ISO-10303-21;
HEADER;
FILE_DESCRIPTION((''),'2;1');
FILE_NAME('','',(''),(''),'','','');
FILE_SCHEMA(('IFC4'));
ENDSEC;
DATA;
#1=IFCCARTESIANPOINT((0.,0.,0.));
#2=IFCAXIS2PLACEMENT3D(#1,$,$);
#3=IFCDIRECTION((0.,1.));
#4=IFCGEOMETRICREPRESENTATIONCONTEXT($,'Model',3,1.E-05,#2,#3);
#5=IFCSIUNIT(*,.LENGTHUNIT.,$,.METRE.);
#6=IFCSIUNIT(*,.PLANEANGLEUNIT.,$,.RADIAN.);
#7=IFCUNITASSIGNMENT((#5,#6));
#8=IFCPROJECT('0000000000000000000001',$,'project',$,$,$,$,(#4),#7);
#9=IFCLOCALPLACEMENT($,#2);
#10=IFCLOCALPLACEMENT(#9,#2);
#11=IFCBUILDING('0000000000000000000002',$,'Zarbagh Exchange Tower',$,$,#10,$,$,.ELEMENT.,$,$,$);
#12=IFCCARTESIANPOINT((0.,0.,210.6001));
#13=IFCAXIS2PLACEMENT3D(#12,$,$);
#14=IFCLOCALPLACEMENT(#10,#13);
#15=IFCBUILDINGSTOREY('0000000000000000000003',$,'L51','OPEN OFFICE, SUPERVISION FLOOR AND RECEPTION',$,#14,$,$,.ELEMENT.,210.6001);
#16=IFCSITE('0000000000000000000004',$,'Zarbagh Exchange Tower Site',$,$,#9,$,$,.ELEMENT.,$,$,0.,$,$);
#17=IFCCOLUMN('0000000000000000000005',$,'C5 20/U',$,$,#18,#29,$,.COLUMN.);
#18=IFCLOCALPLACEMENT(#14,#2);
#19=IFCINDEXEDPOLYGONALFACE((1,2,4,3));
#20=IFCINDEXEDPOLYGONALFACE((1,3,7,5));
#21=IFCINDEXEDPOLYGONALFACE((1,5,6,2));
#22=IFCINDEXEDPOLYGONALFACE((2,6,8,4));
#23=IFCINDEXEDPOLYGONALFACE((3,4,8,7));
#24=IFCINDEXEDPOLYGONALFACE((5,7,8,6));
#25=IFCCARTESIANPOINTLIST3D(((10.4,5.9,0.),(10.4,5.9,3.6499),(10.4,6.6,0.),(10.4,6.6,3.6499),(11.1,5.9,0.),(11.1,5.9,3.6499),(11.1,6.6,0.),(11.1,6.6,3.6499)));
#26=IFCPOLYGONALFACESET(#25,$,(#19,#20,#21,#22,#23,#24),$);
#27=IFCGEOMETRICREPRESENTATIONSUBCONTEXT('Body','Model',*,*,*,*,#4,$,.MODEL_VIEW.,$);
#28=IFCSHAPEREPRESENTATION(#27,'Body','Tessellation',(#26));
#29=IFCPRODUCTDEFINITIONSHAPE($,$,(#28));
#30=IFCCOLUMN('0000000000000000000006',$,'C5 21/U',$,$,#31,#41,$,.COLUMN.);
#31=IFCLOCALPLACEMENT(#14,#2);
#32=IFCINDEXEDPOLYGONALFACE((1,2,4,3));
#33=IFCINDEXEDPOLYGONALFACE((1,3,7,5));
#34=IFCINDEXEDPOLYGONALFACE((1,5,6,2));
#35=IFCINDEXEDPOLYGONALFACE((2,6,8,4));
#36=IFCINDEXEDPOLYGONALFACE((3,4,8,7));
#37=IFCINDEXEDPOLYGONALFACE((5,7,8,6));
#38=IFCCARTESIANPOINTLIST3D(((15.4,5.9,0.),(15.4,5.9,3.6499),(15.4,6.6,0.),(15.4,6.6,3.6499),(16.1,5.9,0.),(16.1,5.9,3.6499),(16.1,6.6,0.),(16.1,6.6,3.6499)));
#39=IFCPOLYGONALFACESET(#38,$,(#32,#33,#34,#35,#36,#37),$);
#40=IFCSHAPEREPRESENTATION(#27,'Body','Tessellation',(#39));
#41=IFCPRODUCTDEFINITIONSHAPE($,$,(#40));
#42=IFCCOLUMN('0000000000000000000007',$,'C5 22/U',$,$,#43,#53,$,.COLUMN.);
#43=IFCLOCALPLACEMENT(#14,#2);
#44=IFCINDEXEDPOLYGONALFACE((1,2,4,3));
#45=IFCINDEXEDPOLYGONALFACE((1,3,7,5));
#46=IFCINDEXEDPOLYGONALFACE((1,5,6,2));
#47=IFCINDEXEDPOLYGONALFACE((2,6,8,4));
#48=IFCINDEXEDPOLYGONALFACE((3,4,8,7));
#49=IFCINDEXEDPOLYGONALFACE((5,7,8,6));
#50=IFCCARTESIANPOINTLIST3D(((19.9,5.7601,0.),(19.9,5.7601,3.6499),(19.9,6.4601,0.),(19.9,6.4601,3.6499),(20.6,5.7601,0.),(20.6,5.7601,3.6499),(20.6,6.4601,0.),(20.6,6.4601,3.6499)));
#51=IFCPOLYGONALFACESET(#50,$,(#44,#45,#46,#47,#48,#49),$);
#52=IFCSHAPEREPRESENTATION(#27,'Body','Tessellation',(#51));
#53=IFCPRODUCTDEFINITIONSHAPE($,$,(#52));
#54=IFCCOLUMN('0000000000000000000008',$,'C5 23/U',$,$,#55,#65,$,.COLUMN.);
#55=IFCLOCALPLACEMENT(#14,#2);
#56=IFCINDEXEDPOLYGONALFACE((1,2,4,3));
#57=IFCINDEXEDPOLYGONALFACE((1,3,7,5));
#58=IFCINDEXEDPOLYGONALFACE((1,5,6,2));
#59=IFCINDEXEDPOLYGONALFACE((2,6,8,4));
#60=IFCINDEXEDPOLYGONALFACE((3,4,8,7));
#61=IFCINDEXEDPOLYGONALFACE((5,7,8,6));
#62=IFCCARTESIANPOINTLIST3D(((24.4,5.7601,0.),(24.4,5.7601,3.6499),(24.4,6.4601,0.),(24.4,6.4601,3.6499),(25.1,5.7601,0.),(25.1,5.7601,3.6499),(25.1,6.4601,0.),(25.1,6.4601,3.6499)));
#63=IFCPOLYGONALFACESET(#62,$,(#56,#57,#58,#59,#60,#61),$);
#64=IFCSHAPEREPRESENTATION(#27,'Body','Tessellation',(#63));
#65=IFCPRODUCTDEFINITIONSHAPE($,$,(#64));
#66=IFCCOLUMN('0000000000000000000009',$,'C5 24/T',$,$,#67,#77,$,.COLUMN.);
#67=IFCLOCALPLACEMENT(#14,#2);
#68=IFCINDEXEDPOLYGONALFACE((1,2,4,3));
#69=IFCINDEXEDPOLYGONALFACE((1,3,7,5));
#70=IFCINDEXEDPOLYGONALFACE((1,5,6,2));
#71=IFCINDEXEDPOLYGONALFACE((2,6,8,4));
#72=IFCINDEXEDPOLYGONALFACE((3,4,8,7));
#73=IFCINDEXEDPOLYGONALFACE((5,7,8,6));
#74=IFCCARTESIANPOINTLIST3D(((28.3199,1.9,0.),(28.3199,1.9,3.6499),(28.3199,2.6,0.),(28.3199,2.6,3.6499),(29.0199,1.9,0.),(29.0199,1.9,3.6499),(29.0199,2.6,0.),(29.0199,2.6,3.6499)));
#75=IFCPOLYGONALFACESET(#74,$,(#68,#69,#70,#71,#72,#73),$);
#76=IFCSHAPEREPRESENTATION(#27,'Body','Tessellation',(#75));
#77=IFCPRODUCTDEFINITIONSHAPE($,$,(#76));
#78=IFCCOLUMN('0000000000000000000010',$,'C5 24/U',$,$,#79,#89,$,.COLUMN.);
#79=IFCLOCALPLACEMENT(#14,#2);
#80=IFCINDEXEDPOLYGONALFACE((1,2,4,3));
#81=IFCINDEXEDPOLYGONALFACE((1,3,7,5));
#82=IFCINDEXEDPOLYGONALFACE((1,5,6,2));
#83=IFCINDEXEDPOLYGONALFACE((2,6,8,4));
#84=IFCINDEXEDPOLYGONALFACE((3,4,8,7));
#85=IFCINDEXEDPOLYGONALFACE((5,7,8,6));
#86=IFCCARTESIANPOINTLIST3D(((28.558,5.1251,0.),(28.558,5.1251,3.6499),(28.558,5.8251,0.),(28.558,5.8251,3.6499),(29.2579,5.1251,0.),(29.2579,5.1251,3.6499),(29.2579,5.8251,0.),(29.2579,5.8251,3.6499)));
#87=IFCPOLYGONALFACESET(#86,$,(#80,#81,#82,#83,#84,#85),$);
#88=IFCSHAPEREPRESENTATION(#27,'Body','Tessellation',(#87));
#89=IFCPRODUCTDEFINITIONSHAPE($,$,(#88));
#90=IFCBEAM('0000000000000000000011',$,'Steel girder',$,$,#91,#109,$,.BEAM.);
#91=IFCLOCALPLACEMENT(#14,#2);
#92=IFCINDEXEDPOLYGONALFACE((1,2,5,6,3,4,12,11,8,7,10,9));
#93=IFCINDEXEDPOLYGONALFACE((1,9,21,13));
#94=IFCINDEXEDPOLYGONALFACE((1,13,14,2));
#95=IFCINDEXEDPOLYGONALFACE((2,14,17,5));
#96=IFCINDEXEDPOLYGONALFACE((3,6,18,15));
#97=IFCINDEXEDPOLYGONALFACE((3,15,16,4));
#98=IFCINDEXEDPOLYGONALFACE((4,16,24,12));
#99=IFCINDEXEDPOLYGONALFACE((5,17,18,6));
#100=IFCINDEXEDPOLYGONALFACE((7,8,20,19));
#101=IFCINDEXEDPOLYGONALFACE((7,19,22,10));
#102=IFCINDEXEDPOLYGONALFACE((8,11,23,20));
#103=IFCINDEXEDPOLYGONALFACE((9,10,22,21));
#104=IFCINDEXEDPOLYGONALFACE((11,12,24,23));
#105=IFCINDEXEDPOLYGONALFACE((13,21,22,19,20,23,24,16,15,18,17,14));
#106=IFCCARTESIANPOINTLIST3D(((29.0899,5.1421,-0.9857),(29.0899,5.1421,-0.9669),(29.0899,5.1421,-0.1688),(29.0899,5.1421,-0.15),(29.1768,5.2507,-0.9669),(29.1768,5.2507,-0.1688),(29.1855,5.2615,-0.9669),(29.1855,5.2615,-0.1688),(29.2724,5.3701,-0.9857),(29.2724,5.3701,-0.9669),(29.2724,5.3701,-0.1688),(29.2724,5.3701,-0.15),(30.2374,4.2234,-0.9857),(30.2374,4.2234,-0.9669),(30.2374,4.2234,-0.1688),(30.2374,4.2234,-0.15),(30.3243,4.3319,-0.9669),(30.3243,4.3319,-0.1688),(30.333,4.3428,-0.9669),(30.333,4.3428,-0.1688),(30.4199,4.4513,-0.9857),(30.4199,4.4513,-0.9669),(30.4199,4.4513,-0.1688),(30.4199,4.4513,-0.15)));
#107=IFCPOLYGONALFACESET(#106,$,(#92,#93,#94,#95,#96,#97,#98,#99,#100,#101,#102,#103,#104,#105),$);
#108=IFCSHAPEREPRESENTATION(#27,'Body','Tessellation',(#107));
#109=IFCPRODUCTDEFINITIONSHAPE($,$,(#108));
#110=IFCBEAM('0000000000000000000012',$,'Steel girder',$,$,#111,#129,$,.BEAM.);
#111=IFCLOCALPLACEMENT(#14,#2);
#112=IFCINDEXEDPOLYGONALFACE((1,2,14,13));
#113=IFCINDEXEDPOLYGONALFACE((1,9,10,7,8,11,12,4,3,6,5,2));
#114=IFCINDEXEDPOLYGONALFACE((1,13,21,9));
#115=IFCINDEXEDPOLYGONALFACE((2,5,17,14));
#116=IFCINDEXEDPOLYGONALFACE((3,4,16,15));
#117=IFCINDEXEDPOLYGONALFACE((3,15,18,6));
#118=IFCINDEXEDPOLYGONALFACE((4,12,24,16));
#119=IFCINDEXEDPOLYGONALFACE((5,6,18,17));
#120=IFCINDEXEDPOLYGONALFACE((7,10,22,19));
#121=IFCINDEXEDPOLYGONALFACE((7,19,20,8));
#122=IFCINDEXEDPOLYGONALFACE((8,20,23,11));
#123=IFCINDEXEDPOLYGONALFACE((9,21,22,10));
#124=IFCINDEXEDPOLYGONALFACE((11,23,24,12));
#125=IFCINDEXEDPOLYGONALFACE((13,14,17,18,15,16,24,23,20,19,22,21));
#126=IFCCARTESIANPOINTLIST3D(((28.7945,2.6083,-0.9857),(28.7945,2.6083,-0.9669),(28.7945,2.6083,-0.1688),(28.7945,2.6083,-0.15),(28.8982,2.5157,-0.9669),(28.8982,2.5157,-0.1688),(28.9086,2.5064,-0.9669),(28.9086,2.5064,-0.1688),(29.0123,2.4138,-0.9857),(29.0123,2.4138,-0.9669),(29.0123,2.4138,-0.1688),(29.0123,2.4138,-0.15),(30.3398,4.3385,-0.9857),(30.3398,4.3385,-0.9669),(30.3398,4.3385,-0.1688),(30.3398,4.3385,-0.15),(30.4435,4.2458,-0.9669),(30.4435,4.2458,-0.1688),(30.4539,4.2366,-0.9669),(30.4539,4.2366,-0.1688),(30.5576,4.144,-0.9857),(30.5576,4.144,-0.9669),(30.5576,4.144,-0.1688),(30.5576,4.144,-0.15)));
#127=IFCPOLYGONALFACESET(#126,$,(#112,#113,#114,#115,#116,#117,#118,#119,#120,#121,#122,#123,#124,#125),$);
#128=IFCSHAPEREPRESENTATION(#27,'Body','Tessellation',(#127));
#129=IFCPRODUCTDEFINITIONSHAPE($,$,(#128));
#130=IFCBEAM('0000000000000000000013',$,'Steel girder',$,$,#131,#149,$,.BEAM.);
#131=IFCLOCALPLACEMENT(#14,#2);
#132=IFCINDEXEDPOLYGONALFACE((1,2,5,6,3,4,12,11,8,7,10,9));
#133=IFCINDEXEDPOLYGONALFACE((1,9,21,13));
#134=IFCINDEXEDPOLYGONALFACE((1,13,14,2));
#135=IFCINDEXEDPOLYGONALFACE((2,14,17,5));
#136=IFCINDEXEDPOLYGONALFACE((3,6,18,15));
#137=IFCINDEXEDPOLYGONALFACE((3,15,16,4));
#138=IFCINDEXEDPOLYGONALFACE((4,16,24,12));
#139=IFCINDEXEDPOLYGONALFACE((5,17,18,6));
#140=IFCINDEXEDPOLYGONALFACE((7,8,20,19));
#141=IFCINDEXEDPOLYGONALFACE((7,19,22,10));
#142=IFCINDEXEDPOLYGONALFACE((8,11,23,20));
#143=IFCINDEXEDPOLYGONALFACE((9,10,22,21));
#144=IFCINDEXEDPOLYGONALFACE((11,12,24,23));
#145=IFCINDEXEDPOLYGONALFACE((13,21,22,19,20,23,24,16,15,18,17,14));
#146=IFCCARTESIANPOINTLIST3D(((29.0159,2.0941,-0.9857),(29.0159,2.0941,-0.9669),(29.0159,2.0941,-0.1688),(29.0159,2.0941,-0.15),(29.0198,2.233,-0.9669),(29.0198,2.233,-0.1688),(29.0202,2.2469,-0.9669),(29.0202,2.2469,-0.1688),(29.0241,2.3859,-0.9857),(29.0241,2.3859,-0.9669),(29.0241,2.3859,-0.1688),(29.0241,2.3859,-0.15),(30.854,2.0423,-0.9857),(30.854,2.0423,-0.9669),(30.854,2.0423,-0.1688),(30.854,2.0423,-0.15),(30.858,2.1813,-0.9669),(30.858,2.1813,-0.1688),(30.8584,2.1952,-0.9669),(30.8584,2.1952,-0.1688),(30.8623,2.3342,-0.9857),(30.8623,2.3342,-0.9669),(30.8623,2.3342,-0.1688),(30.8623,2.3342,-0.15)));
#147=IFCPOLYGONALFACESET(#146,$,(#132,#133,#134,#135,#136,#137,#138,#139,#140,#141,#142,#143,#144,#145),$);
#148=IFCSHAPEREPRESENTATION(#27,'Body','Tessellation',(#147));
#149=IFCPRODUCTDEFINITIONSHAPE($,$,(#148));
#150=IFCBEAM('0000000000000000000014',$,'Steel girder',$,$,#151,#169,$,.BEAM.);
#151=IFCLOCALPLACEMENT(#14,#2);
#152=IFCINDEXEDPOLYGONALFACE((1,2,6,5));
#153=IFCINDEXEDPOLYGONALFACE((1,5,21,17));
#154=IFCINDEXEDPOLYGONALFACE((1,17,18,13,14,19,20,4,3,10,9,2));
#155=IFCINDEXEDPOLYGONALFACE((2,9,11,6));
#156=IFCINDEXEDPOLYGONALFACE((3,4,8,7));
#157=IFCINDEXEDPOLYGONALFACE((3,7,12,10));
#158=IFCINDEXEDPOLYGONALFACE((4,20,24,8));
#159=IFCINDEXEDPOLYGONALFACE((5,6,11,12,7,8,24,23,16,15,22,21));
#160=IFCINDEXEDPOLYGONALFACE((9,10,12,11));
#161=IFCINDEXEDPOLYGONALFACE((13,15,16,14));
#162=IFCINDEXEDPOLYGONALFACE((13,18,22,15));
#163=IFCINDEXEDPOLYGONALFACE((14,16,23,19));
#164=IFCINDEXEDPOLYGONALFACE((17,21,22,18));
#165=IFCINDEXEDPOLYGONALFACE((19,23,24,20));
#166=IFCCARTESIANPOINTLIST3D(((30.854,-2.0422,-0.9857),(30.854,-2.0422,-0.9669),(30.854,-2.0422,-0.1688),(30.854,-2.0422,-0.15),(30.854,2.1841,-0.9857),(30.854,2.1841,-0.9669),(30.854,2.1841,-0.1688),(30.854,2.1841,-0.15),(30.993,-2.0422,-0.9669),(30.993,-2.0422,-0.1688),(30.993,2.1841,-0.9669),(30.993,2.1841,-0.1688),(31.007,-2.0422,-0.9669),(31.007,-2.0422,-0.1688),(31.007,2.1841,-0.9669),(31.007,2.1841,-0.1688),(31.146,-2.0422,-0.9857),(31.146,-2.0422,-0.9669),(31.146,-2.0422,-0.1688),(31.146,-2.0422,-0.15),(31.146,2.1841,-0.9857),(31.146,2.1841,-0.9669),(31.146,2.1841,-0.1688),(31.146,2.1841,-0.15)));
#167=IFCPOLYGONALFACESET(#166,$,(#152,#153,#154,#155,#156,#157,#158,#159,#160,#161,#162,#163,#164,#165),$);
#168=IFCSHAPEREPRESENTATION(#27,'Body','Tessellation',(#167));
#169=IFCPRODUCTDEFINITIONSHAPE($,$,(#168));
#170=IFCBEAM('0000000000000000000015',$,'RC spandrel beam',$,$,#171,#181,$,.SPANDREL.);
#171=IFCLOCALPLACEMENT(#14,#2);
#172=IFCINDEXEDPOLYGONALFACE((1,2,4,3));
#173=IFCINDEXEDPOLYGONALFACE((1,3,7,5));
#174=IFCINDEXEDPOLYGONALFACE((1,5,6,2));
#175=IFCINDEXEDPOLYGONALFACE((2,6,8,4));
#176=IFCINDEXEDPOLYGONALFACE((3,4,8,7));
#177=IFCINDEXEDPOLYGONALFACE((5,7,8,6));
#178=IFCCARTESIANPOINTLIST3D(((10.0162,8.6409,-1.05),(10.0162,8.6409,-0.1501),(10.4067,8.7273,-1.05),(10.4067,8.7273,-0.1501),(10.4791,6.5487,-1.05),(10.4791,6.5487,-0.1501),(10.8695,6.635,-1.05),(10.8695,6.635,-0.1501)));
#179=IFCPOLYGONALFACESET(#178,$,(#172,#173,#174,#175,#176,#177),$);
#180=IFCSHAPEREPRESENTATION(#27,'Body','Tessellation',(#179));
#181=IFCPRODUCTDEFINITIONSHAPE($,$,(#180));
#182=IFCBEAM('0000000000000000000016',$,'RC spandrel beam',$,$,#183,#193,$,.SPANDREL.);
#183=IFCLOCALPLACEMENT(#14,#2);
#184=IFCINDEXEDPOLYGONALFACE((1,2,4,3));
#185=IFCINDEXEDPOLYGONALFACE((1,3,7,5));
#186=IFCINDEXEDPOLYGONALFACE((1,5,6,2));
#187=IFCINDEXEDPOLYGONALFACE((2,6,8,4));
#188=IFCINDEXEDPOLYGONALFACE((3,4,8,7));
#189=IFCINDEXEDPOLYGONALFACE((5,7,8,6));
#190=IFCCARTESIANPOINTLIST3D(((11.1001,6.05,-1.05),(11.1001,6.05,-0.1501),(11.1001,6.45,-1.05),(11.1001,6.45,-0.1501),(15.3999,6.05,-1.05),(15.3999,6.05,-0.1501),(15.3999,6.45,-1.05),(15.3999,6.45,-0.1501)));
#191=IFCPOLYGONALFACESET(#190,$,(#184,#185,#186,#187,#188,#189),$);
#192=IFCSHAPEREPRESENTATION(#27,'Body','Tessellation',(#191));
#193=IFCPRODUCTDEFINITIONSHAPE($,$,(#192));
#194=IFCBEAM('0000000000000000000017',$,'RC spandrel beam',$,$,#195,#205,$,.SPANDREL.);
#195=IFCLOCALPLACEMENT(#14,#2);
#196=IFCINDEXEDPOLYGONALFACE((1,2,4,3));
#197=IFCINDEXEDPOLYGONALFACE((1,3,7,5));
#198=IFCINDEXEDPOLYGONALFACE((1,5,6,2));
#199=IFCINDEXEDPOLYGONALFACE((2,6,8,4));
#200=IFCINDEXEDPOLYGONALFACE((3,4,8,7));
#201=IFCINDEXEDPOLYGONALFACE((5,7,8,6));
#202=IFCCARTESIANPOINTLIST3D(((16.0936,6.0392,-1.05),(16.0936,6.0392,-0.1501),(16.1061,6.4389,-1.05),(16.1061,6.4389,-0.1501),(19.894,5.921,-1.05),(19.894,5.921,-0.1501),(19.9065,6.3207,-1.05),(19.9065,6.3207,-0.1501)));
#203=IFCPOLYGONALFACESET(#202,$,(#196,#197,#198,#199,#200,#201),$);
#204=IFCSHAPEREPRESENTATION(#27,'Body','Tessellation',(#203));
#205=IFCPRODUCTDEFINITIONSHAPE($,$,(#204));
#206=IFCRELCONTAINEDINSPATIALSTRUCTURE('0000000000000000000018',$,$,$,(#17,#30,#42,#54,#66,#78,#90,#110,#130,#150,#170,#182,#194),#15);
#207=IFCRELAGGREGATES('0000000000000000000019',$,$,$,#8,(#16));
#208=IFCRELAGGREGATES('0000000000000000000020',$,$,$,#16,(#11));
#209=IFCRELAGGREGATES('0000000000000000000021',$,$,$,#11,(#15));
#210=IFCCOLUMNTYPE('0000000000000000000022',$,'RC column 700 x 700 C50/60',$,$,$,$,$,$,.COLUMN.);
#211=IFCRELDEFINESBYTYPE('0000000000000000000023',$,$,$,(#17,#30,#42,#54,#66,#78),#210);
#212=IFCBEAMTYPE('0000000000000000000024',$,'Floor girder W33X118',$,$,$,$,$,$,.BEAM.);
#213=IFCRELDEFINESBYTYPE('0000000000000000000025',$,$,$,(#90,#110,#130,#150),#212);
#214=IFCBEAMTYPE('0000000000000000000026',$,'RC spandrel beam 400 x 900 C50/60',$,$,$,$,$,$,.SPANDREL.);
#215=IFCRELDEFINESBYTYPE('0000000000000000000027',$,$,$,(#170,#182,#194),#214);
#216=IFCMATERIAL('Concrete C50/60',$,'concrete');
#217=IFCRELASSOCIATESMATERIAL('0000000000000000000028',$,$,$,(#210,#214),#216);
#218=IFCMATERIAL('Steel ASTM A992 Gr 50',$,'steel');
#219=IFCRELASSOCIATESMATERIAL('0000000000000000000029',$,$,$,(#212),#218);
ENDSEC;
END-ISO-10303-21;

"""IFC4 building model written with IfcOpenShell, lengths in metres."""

from ifc_helpers import new_model, si_unit, direction, frame, origin, origin_2d, place, context, subcontext, project, spatial, rectangle, i_section, extrude, material, material_profile, profile_set, type_object, element, save


model = new_model("IFC4")

# Units and contexts
model_context = context("Model", 3, precision=1e-05, world=origin(), true_north=direction((0.0, 1.0)))
body_context = subcontext(model_context, "Body", "Model", "MODEL_VIEW")
ifc_project = project(units=[si_unit("LENGTHUNIT", "METRE"), si_unit("PLANEANGLEUNIT", "RADIAN")], contexts=[model_context])

# Site, building, storey
site_placement = place(None, origin())
site = spatial("IfcSite", under=ifc_project, at=site_placement, Name="Zarbagh Exchange Tower Site", CompositionType="ELEMENT", RefElevation=0.0)
building_placement = place(site_placement, origin())
building = spatial("IfcBuilding", under=site, at=building_placement, Name="Zarbagh Exchange Tower", CompositionType="ELEMENT")
storey_placement = place(building_placement, frame((0.0, 0.0, 210.6001)))
storey = spatial("IfcBuildingStorey", under=building, at=storey_placement, Name="L51", Description="OPEN OFFICE, SUPERVISION FLOOR AND RECEPTION", CompositionType="ELEMENT", Elevation=210.6001)

# Columns
ifc_material_1 = material(Name="Concrete C50/60", Category="concrete")
ifc_material_profile_1 = material_profile(ifc_material_1, rectangle(XDim=0.7, YDim=0.7, at=origin_2d()), Name="RC column 700 x 700 C50/60")
ifc_profile_set_1 = profile_set([ifc_material_profile_1], Name="Concrete C50/60")
column_type = type_object("IfcColumnType", Name="RC column 700 x 700 C50/60", PredefinedType="COLUMN", material=ifc_profile_set_1)
for number, where, z_axis, x_axis, name in (
    (1, (10.75, 6.25, 0.0), (0.0, 0.0, 1.0), (1.0, 0.0, 0.0), "C5 20/U"),
    (2, (15.75, 6.25, 0.0), (0.0, 0.0, 1.0), (1.0, 0.0, 0.0), "C5 21/U"),
    (3, (20.25, 6.1101, 0.0), (0.0, 0.0, 1.0), (1.0, 0.0, 0.0), "C5 22/U"),
    (4, (24.75, 6.1101, 0.0), (0.0, 0.0, 1.0), (1.0, 0.0, 0.0), "C5 23/U"),
    (5, (28.6699, 2.25, 0.0), (0.0, 0.0, 1.0), (1.0, 0.0, 0.0), "C5 24/T"),
    (6, (28.908, 5.4751, 0.0), (0.0, 0.0, 1.0), (1.0, 0.0, 0.0), "C5 24/U"),
):
    element("IfcColumn", number, at=place(storey_placement, frame(where, z_axis=z_axis, x_axis=x_axis)), inside=storey, type_object=column_type, Name=name, PredefinedType="COLUMN", context=body_context, shape_type="SweptSolid", body=[
        extrude(rectangle(XDim=0.7, YDim=0.7, at=origin_2d()), origin(), (0.0, 0.0, 1.0), 3.6499),
    ])

# Beams
ifc_material_2 = material(Name="Steel ASTM A992 Gr 50", Category="steel")
ifc_material_profile_2 = material_profile(ifc_material_2, i_section(OverallWidth=0.292, OverallDepth=0.8357, WebThickness=0.0139, FlangeThickness=0.0188, at=origin_2d()), Name="W33X118")
ifc_profile_set_2 = profile_set([ifc_material_profile_2], Name="Steel ASTM A992 Gr 50")
beam_type_1 = type_object("IfcBeamType", Name="Floor girder W33X118", PredefinedType="BEAM", material=ifc_profile_set_2)
beam_1_placement = place(storey_placement, frame((29.1812, 5.2561, -0.5679), z_axis=(0.780626, -0.624999, 0.0), x_axis=(0.624999, 0.780626, 0.0)))
element("IfcBeam", 7, at=beam_1_placement, inside=storey, type_object=beam_type_1, Name="Steel girder", PredefinedType="BEAM", context=body_context, shape_type="SweptSolid", body=[
    extrude(i_section(OverallWidth=0.292, OverallDepth=0.8357, WebThickness=0.0139, FlangeThickness=0.0188, at=origin_2d()), origin(), (0.0, 0.0, 1.0), 1.47),
])
beam_2_placement = place(storey_placement, frame((30.4487, 4.2412, -0.5679), z_axis=(-0.666152, -0.745816, 0.0), x_axis=(0.745816, -0.666152, 0.0)))
element("IfcBeam", 8, at=beam_2_placement, inside=storey, type_object=beam_type_1, Name="Steel girder", PredefinedType="BEAM", context=body_context, shape_type="SweptSolid", body=[
    extrude(i_section(OverallWidth=0.292, OverallDepth=0.8357, WebThickness=0.0139, FlangeThickness=0.0188, at=origin_2d()), origin(), (0.0, 0.0, 1.0), 2.3198),
])
beam_3_placement = place(storey_placement, frame((29.02, 2.24, -0.5679), z_axis=(0.999604, -0.028147, 0.0), x_axis=(0.028147, 0.999604, 0.0)))
element("IfcBeam", 9, at=beam_3_placement, inside=storey, type_object=beam_type_1, Name="Steel girder", PredefinedType="BEAM", context=body_context, shape_type="SweptSolid", body=[
    extrude(i_section(OverallWidth=0.292, OverallDepth=0.8357, WebThickness=0.0139, FlangeThickness=0.0188, at=origin_2d()), origin(), (0.0, 0.0, 1.0), 1.8389),
])
beam_4_placement = place(storey_placement, frame((31.0, 2.1841, -0.5679), z_axis=(0.0, -1.0, 0.0), x_axis=(1.0, 0.0, 0.0)))
element("IfcBeam", 10, at=beam_4_placement, inside=storey, type_object=beam_type_1, Name="Steel girder", PredefinedType="BEAM", context=body_context, shape_type="SweptSolid", body=[
    extrude(i_section(OverallWidth=0.292, OverallDepth=0.8357, WebThickness=0.0139, FlangeThickness=0.0188, at=origin_2d()), origin(), (0.0, 0.0, 1.0), 4.2263),
])
ifc_material_profile_3 = material_profile(ifc_material_1, rectangle(XDim=0.3999, YDim=0.8999, at=origin_2d()), Name="RC spandrel beam 400 x 900 C50/60")
ifc_profile_set_3 = profile_set([ifc_material_profile_3], Name="Concrete C50/60")
beam_type_2 = type_object("IfcBeamType", Name="RC spandrel beam 400 x 900 C50/60", PredefinedType="SPANDREL", material=ifc_profile_set_3)
beam_5_placement = place(storey_placement, frame((10.2114, 8.6841, -0.6001), z_axis=(0.216014, -0.97639, 0.0), x_axis=(0.97639, 0.216014, 0.0)))
element("IfcBeam", 11, at=beam_5_placement, inside=storey, type_object=beam_type_2, Name="RC spandrel beam", PredefinedType="SPANDREL", context=body_context, shape_type="SweptSolid", body=[
    extrude(rectangle(XDim=0.3999, YDim=0.8999, at=origin_2d()), origin(), (0.0, 0.0, 1.0), 2.1428),
])
beam_6_placement = place(storey_placement, frame((11.1001, 6.25, -0.6001), z_axis=(1.0, 0.0, 0.0), x_axis=(0.0, 1.0, 0.0)))
element("IfcBeam", 12, at=beam_6_placement, inside=storey, type_object=beam_type_2, Name="RC spandrel beam", PredefinedType="SPANDREL", context=body_context, shape_type="SweptSolid", body=[
    extrude(rectangle(XDim=0.3999, YDim=0.8999, at=origin_2d()), origin(), (0.0, 0.0, 1.0), 4.2998),
])
beam_7_placement = place(storey_placement, frame((16.0999, 6.239, -0.6001), z_axis=(0.999517, -0.031078, 0.0), x_axis=(0.031078, 0.999517, 0.0)))
element("IfcBeam", 13, at=beam_7_placement, inside=storey, type_object=beam_type_2, Name="RC spandrel beam", PredefinedType="SPANDREL", context=body_context, shape_type="SweptSolid", body=[
    extrude(rectangle(XDim=0.3999, YDim=0.8999, at=origin_2d()), origin(), (0.0, 0.0, 1.0), 3.8022),
])

save(model, "model.ifc")
